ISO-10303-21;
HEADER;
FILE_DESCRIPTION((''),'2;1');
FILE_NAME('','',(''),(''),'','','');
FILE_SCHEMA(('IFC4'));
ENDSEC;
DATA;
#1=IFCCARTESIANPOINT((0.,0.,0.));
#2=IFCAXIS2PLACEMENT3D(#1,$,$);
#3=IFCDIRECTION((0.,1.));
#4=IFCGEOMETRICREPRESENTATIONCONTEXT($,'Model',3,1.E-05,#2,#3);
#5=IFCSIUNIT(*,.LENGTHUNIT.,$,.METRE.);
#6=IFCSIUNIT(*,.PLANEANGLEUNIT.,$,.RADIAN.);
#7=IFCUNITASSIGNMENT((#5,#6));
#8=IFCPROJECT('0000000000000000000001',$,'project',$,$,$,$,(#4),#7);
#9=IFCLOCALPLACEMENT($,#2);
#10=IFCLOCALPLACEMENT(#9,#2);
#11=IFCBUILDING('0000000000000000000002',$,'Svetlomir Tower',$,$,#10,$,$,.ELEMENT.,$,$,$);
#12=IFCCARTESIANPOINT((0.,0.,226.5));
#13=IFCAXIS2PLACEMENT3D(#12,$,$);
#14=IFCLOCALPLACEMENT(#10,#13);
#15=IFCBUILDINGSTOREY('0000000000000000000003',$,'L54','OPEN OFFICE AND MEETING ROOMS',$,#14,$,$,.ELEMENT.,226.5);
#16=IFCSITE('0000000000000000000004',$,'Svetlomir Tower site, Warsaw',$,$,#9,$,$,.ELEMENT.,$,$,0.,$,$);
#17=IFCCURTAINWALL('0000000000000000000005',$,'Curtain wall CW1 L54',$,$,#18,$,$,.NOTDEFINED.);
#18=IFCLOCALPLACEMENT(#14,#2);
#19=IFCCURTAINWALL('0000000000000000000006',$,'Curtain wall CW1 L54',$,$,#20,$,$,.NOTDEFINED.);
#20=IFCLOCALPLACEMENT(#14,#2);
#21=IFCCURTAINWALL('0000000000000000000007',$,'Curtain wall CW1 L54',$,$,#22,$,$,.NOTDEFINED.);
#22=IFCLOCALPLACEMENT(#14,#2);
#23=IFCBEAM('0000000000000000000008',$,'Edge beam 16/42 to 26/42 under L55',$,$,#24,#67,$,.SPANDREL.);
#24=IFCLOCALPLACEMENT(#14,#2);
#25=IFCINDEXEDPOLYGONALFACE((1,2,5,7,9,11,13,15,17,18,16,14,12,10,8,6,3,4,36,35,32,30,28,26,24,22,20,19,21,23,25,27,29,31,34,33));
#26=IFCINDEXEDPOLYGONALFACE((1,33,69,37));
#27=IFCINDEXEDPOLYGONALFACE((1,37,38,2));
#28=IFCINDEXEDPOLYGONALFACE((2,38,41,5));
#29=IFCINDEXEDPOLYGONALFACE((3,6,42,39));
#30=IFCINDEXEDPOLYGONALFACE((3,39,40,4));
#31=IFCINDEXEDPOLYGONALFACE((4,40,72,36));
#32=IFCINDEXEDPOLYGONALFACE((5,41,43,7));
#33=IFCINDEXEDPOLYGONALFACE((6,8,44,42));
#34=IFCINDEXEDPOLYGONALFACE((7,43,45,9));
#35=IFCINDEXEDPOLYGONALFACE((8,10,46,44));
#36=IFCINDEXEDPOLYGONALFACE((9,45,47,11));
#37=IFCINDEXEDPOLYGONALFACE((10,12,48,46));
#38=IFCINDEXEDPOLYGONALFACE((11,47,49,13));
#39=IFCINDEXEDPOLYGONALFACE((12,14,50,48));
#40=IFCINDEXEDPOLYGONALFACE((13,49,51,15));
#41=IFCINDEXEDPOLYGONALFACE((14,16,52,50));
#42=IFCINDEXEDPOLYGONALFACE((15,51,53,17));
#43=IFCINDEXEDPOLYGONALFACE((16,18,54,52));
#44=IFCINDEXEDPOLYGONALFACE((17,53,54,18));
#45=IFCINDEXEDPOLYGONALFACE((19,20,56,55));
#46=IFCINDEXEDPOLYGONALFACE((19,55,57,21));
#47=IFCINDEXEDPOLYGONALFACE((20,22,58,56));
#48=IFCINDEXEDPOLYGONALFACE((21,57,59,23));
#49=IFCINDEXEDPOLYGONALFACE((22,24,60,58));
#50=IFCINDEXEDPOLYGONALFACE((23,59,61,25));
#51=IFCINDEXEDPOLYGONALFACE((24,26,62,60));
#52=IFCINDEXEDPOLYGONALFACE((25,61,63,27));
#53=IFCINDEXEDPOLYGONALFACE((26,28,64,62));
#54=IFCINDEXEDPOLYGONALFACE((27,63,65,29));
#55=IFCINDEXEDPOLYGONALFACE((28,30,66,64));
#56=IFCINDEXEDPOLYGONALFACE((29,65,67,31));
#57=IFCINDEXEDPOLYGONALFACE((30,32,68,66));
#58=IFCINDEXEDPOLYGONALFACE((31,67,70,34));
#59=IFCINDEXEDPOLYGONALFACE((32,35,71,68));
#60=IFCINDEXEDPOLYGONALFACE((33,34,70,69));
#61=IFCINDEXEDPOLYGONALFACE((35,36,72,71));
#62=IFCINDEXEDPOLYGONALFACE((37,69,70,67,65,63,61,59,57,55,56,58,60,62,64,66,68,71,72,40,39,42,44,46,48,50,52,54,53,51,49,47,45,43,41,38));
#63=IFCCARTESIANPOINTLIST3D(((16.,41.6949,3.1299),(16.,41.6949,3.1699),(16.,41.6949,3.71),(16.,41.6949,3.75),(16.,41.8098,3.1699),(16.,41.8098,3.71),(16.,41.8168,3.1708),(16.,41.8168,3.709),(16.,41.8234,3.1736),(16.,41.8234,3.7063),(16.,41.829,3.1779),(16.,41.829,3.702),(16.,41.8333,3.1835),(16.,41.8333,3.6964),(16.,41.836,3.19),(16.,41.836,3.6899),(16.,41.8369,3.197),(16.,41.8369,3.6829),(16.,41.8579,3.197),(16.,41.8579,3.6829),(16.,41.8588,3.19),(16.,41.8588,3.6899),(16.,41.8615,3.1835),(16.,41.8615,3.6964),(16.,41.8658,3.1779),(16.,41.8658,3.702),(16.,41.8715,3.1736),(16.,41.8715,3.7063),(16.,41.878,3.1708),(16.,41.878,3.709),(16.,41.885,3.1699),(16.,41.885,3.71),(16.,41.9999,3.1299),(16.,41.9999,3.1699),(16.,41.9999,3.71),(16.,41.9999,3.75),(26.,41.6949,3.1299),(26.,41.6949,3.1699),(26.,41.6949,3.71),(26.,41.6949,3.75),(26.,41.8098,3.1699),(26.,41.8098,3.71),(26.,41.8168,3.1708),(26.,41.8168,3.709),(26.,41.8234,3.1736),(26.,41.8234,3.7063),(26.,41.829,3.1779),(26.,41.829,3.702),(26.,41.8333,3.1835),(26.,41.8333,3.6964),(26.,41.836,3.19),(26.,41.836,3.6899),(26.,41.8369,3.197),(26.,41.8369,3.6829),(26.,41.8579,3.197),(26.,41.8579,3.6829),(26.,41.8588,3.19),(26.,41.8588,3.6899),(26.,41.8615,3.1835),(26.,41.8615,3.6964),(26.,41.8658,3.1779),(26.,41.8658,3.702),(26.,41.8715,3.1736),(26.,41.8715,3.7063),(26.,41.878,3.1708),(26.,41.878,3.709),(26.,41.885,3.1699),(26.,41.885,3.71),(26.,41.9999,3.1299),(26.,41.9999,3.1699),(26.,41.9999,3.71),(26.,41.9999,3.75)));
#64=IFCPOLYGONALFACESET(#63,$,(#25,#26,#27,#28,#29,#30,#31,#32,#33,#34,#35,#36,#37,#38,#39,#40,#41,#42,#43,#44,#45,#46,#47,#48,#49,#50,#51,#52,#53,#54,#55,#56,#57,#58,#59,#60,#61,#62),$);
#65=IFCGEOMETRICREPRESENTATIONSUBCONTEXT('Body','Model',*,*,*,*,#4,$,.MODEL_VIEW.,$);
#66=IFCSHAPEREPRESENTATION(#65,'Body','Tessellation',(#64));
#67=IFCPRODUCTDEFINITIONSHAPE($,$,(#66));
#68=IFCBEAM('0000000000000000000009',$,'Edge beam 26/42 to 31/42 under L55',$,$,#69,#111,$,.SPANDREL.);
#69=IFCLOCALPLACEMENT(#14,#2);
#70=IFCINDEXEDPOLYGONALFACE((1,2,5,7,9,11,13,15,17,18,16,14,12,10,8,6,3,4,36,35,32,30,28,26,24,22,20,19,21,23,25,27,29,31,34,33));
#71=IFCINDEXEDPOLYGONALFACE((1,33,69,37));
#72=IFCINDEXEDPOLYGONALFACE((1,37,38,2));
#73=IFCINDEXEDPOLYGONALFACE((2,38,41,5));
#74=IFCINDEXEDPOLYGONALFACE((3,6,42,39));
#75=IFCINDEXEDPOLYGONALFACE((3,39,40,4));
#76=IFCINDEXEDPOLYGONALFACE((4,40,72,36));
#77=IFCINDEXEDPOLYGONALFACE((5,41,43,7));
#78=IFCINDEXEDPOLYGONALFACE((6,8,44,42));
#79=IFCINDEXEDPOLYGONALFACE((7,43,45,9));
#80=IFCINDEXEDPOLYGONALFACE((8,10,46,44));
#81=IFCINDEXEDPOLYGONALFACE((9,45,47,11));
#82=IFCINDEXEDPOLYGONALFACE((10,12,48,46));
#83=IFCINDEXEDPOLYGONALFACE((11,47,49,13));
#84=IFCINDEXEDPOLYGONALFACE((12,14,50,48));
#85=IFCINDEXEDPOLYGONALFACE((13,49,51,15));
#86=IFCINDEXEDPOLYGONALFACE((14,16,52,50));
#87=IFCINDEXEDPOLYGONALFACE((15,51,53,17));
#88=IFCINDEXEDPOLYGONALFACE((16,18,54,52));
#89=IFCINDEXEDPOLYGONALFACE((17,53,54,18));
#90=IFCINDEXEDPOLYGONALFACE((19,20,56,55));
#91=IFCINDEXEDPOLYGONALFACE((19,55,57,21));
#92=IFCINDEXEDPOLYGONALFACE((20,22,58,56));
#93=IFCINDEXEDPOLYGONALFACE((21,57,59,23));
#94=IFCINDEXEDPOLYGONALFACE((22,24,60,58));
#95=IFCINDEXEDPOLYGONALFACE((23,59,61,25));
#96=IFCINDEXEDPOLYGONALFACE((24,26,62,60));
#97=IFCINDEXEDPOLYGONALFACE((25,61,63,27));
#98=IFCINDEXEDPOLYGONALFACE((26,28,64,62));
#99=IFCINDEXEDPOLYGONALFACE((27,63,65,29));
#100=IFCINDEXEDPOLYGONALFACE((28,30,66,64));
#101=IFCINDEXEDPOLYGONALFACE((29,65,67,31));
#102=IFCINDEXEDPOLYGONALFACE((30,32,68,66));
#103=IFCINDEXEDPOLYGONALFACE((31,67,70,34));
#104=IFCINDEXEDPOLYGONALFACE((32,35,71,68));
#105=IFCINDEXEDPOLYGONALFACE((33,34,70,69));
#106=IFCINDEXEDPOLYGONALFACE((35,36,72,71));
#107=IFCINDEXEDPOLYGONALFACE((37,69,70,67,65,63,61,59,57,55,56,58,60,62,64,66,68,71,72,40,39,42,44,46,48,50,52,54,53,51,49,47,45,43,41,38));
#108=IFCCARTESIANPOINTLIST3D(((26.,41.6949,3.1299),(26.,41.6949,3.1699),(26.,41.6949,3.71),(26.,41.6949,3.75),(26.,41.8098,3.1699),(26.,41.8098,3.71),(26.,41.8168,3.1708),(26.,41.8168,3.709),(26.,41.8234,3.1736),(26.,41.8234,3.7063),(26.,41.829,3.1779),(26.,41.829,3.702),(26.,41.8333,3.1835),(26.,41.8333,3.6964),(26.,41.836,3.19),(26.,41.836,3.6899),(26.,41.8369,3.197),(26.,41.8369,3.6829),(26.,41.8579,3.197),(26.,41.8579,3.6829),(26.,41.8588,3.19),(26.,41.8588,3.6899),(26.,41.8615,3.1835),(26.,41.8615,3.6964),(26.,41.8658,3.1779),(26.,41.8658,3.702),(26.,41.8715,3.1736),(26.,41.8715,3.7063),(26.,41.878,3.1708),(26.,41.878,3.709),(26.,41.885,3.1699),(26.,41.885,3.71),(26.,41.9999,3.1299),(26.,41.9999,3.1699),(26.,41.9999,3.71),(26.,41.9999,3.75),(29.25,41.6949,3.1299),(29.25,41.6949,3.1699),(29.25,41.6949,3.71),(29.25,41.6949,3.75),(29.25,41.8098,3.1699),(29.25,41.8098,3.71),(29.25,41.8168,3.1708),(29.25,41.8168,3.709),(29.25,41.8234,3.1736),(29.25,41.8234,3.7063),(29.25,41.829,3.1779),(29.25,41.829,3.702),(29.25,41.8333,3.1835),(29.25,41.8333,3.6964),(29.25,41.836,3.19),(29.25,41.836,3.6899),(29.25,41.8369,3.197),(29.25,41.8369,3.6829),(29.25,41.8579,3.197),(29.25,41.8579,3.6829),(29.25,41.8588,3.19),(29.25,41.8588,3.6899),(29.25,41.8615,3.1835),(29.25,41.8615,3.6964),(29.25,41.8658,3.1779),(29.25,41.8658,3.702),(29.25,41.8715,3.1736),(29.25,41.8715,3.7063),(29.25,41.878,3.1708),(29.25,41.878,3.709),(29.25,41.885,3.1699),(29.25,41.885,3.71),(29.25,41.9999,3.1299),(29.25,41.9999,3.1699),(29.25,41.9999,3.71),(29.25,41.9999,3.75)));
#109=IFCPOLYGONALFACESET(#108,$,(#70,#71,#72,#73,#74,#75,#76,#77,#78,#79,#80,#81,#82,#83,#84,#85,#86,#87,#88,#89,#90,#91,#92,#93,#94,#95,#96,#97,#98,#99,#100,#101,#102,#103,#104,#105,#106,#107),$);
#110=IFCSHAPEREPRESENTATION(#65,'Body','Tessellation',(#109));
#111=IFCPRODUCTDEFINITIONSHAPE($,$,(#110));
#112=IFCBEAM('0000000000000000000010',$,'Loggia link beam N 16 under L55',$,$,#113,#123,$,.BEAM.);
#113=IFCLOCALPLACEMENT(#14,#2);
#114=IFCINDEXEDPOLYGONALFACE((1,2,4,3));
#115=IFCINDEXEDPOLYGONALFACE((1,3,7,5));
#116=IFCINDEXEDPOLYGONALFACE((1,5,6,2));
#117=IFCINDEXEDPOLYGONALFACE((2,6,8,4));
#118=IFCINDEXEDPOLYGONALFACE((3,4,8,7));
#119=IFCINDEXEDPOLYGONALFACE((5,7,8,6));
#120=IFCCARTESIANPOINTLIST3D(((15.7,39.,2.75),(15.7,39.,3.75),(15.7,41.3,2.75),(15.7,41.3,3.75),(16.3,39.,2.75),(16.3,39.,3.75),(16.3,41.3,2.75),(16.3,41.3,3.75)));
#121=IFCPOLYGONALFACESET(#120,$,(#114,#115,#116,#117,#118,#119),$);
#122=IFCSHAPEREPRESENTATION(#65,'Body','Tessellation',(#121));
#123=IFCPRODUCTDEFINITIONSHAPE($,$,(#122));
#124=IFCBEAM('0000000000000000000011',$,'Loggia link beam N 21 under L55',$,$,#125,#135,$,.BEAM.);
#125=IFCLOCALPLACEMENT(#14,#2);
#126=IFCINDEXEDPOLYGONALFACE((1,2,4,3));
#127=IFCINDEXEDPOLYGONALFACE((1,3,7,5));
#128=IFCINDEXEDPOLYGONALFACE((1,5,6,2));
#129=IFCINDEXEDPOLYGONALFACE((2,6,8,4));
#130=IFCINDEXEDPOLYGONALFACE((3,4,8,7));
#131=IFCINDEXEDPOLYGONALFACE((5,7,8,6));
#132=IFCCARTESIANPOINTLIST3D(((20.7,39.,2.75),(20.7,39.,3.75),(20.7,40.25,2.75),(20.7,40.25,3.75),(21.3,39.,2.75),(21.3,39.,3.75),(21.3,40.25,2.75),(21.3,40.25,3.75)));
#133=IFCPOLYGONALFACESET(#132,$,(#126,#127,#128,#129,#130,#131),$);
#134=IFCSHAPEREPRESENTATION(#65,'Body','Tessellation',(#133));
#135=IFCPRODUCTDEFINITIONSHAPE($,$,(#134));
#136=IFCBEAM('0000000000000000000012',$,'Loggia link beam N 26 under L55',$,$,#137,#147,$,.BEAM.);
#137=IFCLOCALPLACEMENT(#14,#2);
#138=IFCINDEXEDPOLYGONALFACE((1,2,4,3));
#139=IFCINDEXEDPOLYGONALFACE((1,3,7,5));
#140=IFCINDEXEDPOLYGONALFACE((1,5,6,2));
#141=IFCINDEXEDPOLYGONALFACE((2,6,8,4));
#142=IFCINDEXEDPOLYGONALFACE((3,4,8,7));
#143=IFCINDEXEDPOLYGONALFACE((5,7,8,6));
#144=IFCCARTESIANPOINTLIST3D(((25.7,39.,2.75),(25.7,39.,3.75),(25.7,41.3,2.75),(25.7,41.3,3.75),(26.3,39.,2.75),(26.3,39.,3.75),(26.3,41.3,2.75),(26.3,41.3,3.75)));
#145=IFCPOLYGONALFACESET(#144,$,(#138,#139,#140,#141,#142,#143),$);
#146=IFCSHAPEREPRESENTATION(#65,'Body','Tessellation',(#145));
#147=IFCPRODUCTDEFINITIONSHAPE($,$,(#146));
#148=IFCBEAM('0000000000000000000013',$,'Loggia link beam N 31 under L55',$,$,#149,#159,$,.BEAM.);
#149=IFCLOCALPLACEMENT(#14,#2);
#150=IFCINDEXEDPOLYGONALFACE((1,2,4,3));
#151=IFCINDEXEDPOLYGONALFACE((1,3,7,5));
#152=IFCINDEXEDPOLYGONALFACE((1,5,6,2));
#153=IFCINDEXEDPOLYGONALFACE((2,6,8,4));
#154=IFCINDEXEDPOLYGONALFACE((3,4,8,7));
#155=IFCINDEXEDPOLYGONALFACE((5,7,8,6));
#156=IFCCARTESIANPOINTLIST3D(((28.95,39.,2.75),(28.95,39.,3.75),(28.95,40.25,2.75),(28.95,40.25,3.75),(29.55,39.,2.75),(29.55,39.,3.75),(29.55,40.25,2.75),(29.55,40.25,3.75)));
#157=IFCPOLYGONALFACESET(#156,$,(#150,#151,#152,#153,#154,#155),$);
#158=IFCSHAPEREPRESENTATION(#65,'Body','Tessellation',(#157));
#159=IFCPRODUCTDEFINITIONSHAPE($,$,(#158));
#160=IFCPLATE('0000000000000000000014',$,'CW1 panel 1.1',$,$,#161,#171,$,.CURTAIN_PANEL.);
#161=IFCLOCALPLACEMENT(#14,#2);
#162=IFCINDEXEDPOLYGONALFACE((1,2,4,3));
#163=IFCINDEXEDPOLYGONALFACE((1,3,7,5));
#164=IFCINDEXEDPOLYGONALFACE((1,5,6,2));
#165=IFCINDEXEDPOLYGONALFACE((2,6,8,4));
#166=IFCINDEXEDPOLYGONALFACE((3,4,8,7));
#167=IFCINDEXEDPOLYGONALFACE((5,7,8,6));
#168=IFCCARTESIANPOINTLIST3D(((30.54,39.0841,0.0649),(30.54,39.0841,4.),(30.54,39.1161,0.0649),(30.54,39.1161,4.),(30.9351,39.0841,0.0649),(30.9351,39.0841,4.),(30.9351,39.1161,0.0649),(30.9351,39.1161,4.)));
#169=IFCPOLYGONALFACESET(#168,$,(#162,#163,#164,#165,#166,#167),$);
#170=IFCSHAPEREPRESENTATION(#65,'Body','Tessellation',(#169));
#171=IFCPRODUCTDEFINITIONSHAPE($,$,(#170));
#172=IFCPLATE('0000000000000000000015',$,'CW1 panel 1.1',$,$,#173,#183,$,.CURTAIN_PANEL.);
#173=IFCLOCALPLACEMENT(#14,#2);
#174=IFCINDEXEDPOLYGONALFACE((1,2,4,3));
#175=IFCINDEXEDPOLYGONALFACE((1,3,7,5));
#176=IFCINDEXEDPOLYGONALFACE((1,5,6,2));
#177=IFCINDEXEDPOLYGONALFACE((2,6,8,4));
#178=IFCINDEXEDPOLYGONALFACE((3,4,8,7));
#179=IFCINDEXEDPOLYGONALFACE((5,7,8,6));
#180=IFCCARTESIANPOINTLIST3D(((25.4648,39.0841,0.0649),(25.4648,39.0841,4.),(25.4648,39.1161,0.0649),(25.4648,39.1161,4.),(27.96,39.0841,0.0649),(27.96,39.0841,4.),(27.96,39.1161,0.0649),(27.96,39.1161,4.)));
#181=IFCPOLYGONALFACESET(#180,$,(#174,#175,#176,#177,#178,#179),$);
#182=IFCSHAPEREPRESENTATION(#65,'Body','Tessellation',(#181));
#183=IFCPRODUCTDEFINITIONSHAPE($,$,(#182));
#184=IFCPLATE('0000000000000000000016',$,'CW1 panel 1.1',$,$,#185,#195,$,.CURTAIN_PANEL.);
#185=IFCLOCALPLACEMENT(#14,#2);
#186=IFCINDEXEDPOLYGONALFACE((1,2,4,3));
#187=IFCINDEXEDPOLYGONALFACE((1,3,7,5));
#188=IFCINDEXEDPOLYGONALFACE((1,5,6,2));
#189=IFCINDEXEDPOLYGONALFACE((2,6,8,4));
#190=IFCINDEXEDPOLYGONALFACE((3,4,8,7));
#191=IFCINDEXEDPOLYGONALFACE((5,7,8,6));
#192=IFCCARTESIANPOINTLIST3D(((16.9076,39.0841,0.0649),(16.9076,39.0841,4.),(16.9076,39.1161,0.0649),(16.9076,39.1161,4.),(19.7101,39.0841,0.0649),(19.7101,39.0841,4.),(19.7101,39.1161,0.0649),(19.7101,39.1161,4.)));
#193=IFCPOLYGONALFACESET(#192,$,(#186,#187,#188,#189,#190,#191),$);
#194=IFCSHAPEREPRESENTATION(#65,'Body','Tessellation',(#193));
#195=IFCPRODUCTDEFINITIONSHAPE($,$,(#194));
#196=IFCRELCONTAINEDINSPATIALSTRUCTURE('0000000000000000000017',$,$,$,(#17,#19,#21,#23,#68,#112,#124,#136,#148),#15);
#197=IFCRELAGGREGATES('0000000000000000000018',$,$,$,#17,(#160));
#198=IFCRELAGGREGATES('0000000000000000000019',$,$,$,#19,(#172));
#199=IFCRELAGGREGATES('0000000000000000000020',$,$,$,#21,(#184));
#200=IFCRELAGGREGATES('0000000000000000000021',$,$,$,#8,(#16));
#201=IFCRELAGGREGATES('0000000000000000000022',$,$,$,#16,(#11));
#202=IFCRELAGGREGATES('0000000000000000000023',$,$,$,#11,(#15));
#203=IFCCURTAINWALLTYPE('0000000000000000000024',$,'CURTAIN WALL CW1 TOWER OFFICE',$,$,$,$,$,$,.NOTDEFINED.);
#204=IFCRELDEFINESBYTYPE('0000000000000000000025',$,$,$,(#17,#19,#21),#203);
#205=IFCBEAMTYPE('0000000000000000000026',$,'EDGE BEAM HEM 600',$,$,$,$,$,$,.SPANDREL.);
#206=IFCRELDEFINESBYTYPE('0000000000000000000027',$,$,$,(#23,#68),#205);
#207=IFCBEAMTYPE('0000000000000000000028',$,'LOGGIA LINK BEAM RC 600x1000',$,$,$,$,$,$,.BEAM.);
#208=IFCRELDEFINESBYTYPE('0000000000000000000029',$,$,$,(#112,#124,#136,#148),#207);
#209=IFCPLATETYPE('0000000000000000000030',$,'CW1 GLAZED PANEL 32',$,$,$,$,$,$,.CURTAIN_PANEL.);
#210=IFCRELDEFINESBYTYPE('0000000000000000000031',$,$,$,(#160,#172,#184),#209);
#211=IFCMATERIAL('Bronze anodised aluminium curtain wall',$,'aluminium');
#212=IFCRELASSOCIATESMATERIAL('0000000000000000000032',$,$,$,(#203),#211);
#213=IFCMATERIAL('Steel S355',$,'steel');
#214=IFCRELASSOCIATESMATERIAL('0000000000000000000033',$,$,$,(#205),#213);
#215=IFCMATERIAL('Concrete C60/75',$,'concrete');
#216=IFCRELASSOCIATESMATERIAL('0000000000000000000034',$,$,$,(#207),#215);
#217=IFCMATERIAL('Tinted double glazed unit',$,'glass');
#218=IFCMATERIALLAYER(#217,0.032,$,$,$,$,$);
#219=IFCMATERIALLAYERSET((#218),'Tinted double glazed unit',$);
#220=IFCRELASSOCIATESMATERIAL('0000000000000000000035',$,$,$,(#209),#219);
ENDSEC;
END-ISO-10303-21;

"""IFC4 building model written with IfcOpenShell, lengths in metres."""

from ifc_helpers import new_model, si_unit, direction, frame, origin, origin_2d, place, context, subcontext, project, spatial, rectangle, i_section, extrude, material, layer, layer_set, material_profile, profile_set, type_object, element, aggregate, save


model = new_model("IFC4")

# Units and contexts
model_context = context("Model", 3, precision=1e-05, world=origin(), true_north=direction((0.0, 1.0)))
body_context = subcontext(model_context, "Body", "Model", "MODEL_VIEW")
ifc_project = project(units=[si_unit("LENGTHUNIT", "METRE"), si_unit("PLANEANGLEUNIT", "RADIAN")], contexts=[model_context])

# Site, building, storey
site_placement = place(None, origin())
site = spatial("IfcSite", under=ifc_project, at=site_placement, Name="Svetlomir Tower site, Warsaw", CompositionType="ELEMENT", RefElevation=0.0)
building_placement = place(site_placement, origin())
building = spatial("IfcBuilding", under=site, at=building_placement, Name="Svetlomir Tower", CompositionType="ELEMENT")
storey_placement = place(building_placement, frame((0.0, 0.0, 226.5)))
storey = spatial("IfcBuildingStorey", under=building, at=storey_placement, Name="L54", Description="OPEN OFFICE AND MEETING ROOMS", CompositionType="ELEMENT", Elevation=226.5)

# Curtain wall
ifc_material_1 = material(Name="Bronze anodised aluminium curtain wall", Category="aluminium")
curtain_wall_type = type_object("IfcCurtainWallType", Name="CURTAIN WALL CW1 TOWER OFFICE", PredefinedType="NOTDEFINED", material=ifc_material_1)
curtain_wall_1_placement = place(storey_placement, origin())
curtain_wall_1 = element("IfcCurtainWall", 1, at=curtain_wall_1_placement, inside=storey, type_object=curtain_wall_type, Name="Curtain wall CW1 L54", PredefinedType="NOTDEFINED")

# Curtain walls
curtain_wall_2_placement = place(storey_placement, origin())
curtain_wall_2 = element("IfcCurtainWall", 2, at=curtain_wall_2_placement, inside=storey, type_object=curtain_wall_type, Name="Curtain wall CW1 L54", PredefinedType="NOTDEFINED")
curtain_wall_3_placement = place(storey_placement, origin())
curtain_wall_3 = element("IfcCurtainWall", 3, at=curtain_wall_3_placement, inside=storey, type_object=curtain_wall_type, Name="Curtain wall CW1 L54", PredefinedType="NOTDEFINED")

# Beams
ifc_material_2 = material(Name="Steel S355", Category="steel")
ifc_material_profile_1 = material_profile(ifc_material_2, i_section(OverallWidth=0.3049, OverallDepth=0.6201, WebThickness=0.021, FlangeThickness=0.04, FilletRadius=0.0271, at=origin_2d()), Name="HEM 600")
ifc_profile_set_1 = profile_set([ifc_material_profile_1], Name="Steel S355")
beam_type_1 = type_object("IfcBeamType", Name="EDGE BEAM HEM 600", PredefinedType="SPANDREL", material=ifc_profile_set_1)
beam_1_placement = place(storey_placement, frame((16.0, 41.8474, 3.4399), z_axis=(1.0, 0.0, 0.0), x_axis=(0.0, 1.0, 0.0)))
element("IfcBeam", 4, at=beam_1_placement, inside=storey, type_object=beam_type_1, Name="Edge beam 16/42 to 26/42 under L55", PredefinedType="SPANDREL", context=body_context, shape_type="SweptSolid", body=[
    extrude(i_section(OverallWidth=0.3049, OverallDepth=0.6201, WebThickness=0.021, FlangeThickness=0.04, FilletRadius=0.0271, at=origin_2d()), origin(), (0.0, 0.0, 1.0), 10.0),
])
beam_2_placement = place(storey_placement, frame((26.0, 41.8474, 3.4399), z_axis=(1.0, 0.0, 0.0), x_axis=(0.0, 1.0, 0.0)))
element("IfcBeam", 5, at=beam_2_placement, inside=storey, type_object=beam_type_1, Name="Edge beam 26/42 to 31/42 under L55", PredefinedType="SPANDREL", context=body_context, shape_type="SweptSolid", body=[
    extrude(i_section(OverallWidth=0.3049, OverallDepth=0.6201, WebThickness=0.021, FlangeThickness=0.04, FilletRadius=0.0271, at=origin_2d()), origin(), (0.0, 0.0, 1.0), 3.25),
])
ifc_material_3 = material(Name="Concrete C60/75", Category="concrete")
ifc_material_profile_2 = material_profile(ifc_material_3, rectangle(XDim=0.6001, YDim=1.0, at=origin_2d()), Name="RC 600x1000")
ifc_profile_set_2 = profile_set([ifc_material_profile_2], Name="Concrete C60/75")
beam_type_2 = type_object("IfcBeamType", Name="LOGGIA LINK BEAM RC 600x1000", PredefinedType="BEAM", material=ifc_profile_set_2)
beam_3_placement = place(storey_placement, frame((16.0, 41.3, 3.25), z_axis=(0.0, -1.0, 0.0), x_axis=(1.0, 0.0, 0.0)))
element("IfcBeam", 6, at=beam_3_placement, inside=storey, type_object=beam_type_2, Name="Loggia link beam N 16 under L55", PredefinedType="BEAM", context=body_context, shape_type="SweptSolid", body=[
    extrude(rectangle(XDim=0.6001, YDim=1.0, at=origin_2d()), origin(), (0.0, 0.0, 1.0), 2.3),
])
beam_4_placement = place(storey_placement, frame((21.0, 40.25, 3.25), z_axis=(0.0, -1.0, 0.0), x_axis=(1.0, 0.0, 0.0)))
element("IfcBeam", 7, at=beam_4_placement, inside=storey, type_object=beam_type_2, Name="Loggia link beam N 21 under L55", PredefinedType="BEAM", context=body_context, shape_type="SweptSolid", body=[
    extrude(rectangle(XDim=0.6001, YDim=1.0, at=origin_2d()), origin(), (0.0, 0.0, 1.0), 1.25),
])
beam_5_placement = place(storey_placement, frame((26.0, 41.3, 3.25), z_axis=(0.0, -1.0, 0.0), x_axis=(1.0, 0.0, 0.0)))
element("IfcBeam", 8, at=beam_5_placement, inside=storey, type_object=beam_type_2, Name="Loggia link beam N 26 under L55", PredefinedType="BEAM", context=body_context, shape_type="SweptSolid", body=[
    extrude(rectangle(XDim=0.6001, YDim=1.0, at=origin_2d()), origin(), (0.0, 0.0, 1.0), 2.3),
])
beam_6_placement = place(storey_placement, frame((29.25, 40.25, 3.25), z_axis=(0.0, -1.0, 0.0), x_axis=(1.0, 0.0, 0.0)))
element("IfcBeam", 9, at=beam_6_placement, inside=storey, type_object=beam_type_2, Name="Loggia link beam N 31 under L55", PredefinedType="BEAM", context=body_context, shape_type="SweptSolid", body=[
    extrude(rectangle(XDim=0.6001, YDim=1.0, at=origin_2d()), origin(), (0.0, 0.0, 1.0), 1.25),
])

# Plates
ifc_material_4 = material(Name="Tinted double glazed unit", Category="glass")
ifc_layer_1 = layer(ifc_material_4, 0.032)
ifc_layer_set_1 = layer_set([ifc_layer_1], Name="Tinted double glazed unit")
plate_type = type_object("IfcPlateType", Name="CW1 GLAZED PANEL 32", PredefinedType="CURTAIN_PANEL", material=ifc_layer_set_1)
plate_1_placement = place(storey_placement, frame((30.7375, 39.1001, 0.0649), z_axis=(0.0, 0.0, 1.0), x_axis=(-1.0, 0.0, 0.0)))
plate_1 = element("IfcPlate", 10, at=plate_1_placement, type_object=plate_type, Name="CW1 panel 1.1", PredefinedType="CURTAIN_PANEL", context=body_context, shape_type="SweptSolid", body=[
    extrude(rectangle(XDim=0.395, YDim=0.032, at=origin_2d()), origin(), (0.0, 0.0, 1.0), 3.9351),
])
aggregate(curtain_wall_1, [plate_1])
plate_2_placement = place(storey_placement, frame((26.7124, 39.1001, 0.0649), z_axis=(0.0, 0.0, 1.0), x_axis=(-1.0, 0.0, 0.0)))
plate_2 = element("IfcPlate", 11, at=plate_2_placement, type_object=plate_type, Name="CW1 panel 1.1", PredefinedType="CURTAIN_PANEL", context=body_context, shape_type="SweptSolid", body=[
    extrude(rectangle(XDim=2.4951, YDim=0.032, at=origin_2d()), origin(), (0.0, 0.0, 1.0), 3.9351),
])
aggregate(curtain_wall_2, [plate_2])
plate_3_placement = place(storey_placement, frame((18.3088, 39.1001, 0.0649), z_axis=(0.0, 0.0, 1.0), x_axis=(-1.0, 0.0, 0.0)))
plate_3 = element("IfcPlate", 12, at=plate_3_placement, type_object=plate_type, Name="CW1 panel 1.1", PredefinedType="CURTAIN_PANEL", context=body_context, shape_type="SweptSolid", body=[
    extrude(rectangle(XDim=2.8025, YDim=0.032, at=origin_2d()), origin(), (0.0, 0.0, 1.0), 3.9351),
])
aggregate(curtain_wall_3, [plate_3])

save(model, "model.ifc")
